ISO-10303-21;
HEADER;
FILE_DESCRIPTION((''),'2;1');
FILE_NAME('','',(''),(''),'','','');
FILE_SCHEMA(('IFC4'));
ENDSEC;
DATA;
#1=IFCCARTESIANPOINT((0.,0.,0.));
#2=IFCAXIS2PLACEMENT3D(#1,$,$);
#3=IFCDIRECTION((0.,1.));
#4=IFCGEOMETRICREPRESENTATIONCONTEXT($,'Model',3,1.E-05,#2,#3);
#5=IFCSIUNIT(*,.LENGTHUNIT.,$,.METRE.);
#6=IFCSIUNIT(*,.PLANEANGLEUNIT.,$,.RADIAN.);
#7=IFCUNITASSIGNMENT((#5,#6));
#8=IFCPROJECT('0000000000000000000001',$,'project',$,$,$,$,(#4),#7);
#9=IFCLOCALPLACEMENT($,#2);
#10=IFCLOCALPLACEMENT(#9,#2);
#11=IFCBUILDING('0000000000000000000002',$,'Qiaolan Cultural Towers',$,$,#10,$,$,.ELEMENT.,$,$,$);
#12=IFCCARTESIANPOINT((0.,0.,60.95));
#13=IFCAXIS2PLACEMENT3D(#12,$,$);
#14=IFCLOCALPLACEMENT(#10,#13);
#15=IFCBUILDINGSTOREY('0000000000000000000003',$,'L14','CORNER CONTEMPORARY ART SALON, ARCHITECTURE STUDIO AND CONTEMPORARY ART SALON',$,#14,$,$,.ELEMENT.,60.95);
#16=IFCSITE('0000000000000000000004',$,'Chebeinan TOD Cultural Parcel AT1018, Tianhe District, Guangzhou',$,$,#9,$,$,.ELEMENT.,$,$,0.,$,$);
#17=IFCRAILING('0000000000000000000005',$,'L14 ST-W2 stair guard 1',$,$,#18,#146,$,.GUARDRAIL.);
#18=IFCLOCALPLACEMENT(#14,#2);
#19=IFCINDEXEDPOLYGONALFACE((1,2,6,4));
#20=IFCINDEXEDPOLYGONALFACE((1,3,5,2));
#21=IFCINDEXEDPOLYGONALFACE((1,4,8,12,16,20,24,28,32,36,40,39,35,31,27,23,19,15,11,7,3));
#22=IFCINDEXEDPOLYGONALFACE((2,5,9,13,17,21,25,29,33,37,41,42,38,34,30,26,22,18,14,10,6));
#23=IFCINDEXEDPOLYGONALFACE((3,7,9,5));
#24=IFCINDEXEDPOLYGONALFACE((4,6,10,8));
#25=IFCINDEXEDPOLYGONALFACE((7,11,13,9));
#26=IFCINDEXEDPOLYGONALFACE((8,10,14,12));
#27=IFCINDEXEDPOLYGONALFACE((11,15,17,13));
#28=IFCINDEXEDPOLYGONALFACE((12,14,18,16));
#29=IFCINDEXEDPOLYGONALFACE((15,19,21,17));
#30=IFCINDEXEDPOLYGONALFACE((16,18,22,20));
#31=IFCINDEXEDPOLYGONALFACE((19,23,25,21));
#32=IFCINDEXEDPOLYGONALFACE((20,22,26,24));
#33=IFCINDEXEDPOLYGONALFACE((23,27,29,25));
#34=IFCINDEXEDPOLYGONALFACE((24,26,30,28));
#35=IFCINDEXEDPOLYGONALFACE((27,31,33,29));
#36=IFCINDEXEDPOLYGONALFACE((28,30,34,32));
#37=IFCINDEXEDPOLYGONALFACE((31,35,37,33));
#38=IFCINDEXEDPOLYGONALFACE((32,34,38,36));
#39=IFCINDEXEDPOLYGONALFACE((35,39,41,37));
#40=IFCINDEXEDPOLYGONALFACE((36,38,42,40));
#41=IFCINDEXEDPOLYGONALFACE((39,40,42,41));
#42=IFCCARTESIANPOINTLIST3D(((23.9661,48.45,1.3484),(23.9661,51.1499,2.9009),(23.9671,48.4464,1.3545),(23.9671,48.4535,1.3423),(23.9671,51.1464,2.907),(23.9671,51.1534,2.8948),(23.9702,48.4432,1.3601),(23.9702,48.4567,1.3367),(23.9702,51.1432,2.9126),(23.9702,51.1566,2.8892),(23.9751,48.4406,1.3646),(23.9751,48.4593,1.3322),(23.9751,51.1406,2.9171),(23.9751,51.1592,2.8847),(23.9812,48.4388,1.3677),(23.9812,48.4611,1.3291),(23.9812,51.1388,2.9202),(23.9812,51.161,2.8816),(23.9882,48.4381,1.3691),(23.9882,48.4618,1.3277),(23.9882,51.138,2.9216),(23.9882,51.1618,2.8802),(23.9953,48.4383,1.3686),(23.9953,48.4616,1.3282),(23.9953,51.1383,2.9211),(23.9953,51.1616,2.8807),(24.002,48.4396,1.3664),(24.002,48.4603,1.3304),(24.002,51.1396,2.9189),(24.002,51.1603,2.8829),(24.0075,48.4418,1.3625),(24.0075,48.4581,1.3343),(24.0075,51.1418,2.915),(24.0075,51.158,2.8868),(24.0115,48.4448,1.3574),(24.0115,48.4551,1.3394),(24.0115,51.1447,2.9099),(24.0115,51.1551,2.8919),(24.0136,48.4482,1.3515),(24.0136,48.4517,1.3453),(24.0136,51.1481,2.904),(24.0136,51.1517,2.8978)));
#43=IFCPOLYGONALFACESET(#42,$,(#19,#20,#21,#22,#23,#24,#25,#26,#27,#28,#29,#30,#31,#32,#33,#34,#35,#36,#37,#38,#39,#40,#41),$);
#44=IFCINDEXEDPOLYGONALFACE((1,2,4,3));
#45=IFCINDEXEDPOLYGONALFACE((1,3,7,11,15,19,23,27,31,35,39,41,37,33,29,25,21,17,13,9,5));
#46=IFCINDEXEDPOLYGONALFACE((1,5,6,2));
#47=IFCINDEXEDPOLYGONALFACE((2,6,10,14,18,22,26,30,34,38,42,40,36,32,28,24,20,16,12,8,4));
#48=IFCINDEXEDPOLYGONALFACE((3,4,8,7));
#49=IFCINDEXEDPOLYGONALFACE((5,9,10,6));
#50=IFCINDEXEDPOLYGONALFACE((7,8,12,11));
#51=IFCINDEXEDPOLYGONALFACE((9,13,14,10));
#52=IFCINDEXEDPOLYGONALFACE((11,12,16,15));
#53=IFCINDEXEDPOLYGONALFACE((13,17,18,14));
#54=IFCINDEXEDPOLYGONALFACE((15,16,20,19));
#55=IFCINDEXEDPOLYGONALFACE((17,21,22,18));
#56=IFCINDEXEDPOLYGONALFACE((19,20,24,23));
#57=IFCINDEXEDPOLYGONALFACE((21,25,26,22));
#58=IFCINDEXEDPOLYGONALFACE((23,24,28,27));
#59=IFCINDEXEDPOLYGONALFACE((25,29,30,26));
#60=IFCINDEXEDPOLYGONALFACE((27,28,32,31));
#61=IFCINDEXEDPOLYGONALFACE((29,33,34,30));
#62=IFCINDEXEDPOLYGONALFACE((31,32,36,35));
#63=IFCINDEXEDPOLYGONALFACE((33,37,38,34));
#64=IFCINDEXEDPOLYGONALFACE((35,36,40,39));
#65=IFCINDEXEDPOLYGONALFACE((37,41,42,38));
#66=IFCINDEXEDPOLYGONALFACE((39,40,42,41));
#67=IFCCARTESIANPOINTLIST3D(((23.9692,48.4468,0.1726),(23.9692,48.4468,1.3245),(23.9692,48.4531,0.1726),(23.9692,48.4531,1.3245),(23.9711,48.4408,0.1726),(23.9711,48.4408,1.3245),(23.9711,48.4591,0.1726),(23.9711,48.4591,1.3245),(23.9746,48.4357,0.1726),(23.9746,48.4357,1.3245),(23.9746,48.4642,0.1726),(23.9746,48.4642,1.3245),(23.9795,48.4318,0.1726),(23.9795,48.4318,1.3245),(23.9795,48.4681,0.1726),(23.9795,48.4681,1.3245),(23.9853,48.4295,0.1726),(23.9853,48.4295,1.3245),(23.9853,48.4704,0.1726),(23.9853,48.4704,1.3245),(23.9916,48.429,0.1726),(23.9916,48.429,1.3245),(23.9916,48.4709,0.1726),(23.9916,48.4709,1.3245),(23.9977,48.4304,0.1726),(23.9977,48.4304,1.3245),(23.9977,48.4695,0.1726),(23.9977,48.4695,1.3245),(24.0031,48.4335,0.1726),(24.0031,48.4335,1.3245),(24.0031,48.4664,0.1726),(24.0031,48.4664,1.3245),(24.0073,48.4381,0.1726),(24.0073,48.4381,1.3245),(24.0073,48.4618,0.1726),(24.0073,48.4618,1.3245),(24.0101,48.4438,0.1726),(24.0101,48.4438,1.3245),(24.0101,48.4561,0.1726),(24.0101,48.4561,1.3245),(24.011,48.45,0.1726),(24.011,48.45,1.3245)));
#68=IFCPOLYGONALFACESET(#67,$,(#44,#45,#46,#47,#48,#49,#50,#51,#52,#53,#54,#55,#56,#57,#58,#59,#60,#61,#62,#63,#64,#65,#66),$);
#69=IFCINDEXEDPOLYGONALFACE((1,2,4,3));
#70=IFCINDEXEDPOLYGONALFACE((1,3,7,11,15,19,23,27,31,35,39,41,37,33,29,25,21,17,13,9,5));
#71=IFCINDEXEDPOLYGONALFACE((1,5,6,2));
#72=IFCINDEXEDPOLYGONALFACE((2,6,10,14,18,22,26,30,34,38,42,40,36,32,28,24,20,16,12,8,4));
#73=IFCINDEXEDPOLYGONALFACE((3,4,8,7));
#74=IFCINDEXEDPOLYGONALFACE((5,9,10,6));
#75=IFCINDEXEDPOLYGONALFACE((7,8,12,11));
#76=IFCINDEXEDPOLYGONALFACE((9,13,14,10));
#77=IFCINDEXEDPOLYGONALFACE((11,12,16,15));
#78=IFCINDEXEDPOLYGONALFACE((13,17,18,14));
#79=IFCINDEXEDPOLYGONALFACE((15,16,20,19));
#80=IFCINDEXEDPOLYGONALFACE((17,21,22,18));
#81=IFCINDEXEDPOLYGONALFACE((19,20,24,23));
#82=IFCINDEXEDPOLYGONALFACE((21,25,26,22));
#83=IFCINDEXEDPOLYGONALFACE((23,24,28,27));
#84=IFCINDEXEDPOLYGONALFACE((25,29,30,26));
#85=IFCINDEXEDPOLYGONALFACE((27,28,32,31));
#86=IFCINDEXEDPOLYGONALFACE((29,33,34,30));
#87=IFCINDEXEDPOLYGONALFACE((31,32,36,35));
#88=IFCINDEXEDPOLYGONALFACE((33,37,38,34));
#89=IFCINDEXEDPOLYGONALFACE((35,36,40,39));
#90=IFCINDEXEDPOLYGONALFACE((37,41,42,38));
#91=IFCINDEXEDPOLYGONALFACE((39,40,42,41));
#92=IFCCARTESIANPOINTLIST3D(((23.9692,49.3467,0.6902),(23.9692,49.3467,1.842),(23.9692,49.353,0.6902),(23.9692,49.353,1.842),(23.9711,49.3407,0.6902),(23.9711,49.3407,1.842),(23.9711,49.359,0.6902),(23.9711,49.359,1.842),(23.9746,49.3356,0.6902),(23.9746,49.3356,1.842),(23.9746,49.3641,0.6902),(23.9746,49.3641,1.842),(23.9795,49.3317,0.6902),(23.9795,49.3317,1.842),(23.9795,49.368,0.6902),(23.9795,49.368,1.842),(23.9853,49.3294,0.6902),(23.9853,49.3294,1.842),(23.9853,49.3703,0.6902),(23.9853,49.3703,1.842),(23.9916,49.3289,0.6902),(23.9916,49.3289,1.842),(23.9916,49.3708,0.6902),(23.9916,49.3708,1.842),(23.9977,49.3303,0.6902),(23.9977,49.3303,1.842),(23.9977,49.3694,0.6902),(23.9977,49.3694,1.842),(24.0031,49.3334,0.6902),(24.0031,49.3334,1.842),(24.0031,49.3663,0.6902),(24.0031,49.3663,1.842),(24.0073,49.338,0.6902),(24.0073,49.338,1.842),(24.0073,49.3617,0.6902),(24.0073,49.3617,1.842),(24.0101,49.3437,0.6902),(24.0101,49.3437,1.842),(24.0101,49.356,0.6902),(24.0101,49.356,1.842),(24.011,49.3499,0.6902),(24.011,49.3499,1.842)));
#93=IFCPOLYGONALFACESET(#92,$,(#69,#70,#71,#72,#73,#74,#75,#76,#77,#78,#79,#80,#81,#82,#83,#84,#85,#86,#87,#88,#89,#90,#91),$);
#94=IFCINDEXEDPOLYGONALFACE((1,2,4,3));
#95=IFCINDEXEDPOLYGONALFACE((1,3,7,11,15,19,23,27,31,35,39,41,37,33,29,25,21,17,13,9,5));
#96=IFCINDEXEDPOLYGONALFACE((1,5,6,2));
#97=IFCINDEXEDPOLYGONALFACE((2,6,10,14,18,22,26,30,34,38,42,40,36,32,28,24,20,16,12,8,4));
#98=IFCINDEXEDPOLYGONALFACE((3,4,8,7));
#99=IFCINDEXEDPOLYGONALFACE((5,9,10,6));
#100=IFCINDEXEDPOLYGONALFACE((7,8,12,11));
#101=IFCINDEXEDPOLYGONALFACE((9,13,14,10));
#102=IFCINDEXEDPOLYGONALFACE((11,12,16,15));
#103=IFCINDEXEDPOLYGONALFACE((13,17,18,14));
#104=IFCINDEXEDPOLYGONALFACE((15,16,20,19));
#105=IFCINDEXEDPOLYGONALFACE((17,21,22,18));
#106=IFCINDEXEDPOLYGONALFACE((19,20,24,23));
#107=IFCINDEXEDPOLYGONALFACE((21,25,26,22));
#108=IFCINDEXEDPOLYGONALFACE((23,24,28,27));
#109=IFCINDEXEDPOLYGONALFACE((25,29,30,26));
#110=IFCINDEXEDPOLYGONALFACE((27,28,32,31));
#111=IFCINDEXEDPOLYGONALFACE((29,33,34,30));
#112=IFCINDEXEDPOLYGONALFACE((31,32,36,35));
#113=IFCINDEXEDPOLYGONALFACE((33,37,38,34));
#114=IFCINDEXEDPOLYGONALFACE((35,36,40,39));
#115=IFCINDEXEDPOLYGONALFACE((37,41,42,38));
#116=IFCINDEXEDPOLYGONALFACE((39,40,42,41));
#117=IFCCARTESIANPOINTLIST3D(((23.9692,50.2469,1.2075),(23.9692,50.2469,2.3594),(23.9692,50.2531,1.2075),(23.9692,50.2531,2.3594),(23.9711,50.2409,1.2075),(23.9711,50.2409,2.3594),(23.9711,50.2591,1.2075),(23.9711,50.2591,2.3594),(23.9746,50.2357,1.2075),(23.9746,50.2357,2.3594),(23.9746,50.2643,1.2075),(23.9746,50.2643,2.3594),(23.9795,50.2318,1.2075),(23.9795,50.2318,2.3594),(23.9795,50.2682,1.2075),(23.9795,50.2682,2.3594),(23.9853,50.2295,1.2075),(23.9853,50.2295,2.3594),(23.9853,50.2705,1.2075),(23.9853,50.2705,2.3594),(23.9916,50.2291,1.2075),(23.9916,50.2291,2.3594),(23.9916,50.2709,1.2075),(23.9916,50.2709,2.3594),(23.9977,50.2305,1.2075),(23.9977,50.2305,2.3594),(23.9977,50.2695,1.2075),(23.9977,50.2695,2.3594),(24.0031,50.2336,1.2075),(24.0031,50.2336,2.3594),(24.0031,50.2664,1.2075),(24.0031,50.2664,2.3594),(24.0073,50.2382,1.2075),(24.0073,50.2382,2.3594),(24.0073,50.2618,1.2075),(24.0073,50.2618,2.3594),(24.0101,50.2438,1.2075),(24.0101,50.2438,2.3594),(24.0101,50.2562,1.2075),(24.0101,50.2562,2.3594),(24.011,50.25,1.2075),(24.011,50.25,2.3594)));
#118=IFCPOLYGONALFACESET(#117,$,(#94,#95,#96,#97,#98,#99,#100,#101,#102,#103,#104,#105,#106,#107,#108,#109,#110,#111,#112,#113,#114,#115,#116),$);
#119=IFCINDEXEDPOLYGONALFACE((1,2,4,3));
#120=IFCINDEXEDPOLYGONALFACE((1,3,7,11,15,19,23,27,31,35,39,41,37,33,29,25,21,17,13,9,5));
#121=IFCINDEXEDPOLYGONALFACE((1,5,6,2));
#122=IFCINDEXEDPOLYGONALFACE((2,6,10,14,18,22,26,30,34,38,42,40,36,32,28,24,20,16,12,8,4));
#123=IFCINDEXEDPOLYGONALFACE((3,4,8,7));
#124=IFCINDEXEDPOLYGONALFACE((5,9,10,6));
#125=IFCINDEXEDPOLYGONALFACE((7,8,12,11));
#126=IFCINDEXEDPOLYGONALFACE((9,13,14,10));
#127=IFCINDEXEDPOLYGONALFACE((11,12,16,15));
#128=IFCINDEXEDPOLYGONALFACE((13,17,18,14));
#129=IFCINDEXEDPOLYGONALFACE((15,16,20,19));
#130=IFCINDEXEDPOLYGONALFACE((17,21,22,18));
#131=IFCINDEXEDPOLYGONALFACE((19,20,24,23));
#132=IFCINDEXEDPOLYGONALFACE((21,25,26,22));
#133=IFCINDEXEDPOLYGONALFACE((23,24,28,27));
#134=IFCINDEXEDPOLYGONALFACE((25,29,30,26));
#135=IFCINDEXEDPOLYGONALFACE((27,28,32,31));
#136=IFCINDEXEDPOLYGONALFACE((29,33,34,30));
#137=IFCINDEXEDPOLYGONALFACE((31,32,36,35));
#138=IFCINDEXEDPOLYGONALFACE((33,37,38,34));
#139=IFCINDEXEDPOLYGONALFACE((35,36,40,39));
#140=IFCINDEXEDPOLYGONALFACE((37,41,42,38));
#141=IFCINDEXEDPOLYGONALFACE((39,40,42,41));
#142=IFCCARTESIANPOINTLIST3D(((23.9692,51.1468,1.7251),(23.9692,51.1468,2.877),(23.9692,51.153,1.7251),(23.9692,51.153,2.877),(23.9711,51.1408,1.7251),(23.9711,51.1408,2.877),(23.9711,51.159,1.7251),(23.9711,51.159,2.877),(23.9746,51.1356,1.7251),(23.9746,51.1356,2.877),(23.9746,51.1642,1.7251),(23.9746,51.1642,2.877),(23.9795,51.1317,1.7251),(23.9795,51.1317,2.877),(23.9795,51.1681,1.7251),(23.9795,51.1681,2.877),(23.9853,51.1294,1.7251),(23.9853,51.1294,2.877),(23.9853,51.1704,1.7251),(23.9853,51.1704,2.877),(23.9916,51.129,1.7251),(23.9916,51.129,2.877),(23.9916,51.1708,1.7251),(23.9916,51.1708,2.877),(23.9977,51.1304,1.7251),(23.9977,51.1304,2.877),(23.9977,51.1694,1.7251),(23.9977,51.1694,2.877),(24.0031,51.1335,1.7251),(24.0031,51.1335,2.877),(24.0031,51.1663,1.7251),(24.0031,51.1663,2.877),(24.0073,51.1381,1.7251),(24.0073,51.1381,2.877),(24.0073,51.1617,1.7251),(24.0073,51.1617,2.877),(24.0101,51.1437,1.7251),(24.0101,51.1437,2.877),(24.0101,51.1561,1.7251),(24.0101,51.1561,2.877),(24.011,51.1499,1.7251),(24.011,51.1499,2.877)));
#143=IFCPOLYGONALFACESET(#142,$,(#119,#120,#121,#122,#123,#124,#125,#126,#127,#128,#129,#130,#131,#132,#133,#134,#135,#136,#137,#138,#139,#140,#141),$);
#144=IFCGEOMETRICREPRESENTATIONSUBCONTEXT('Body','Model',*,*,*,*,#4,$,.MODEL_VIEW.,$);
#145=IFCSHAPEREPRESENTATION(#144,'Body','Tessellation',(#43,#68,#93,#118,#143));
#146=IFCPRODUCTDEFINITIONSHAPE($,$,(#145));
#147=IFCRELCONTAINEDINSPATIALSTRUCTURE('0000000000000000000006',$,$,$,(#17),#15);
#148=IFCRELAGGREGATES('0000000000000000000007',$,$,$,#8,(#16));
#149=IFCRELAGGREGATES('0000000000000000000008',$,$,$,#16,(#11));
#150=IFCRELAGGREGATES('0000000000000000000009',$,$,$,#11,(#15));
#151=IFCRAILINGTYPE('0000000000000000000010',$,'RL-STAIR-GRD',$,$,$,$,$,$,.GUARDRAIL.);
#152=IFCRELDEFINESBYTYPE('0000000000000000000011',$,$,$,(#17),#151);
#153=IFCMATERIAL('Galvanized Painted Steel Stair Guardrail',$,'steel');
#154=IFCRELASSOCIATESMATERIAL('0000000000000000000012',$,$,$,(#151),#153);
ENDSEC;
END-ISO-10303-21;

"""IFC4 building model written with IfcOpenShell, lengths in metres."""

from ifc_helpers import new_model, si_unit, direction, frame, origin, origin_2d, place, context, subcontext, project, spatial, circle, extrude, material, type_object, element, save


model = new_model("IFC4")

# Units and contexts
model_context = context("Model", 3, precision=1e-05, world=origin(), true_north=direction((0.0, 1.0)))
body_context = subcontext(model_context, "Body", "Model", "MODEL_VIEW")
ifc_project = project(units=[si_unit("LENGTHUNIT", "METRE"), si_unit("PLANEANGLEUNIT", "RADIAN")], contexts=[model_context])

# Site, building, storey
site_placement = place(None, origin())
site = spatial("IfcSite", under=ifc_project, at=site_placement, Name="Chebeinan TOD Cultural Parcel AT1018, Tianhe District, Guangzhou", CompositionType="ELEMENT", RefElevation=0.0)
building_placement = place(site_placement, origin())
building = spatial("IfcBuilding", under=site, at=building_placement, Name="Qiaolan Cultural Towers", CompositionType="ELEMENT")
storey_placement = place(building_placement, frame((0.0, 0.0, 60.95)))
storey = spatial("IfcBuildingStorey", under=building, at=storey_placement, Name="L14", Description="CORNER CONTEMPORARY ART SALON, ARCHITECTURE STUDIO AND CONTEMPORARY ART SALON", CompositionType="ELEMENT", Elevation=60.95)

# Railing
ifc_material_1 = material(Name="Galvanized Painted Steel Stair Guardrail", Category="steel")
railing_type_1 = type_object("IfcRailingType", Name="RL-STAIR-GRD", PredefinedType="GUARDRAIL", material=ifc_material_1)
railing_1_placement = place(storey_placement, frame((23.99, 48.45, 0.1726)))
element("IfcRailing", 1, at=railing_1_placement, inside=storey, type_object=railing_type_1, Name="L14 ST-W2 stair guard 1", PredefinedType="GUARDRAIL", context=body_context, shape_type="SweptSolid", body=[
    extrude(circle(Radius=0.0239, at=origin_2d()), frame((0.0, 0.0, 1.1758), z_axis=(0.0, 0.866904, 0.498476), x_axis=(-1.0, 0.0, 0.0)), (0.0, 0.0, 1.0), 3.1145),
    extrude(circle(Radius=0.021, at=origin_2d()), origin(), (0.0, 0.0, 1.0), 1.1519),
    extrude(circle(Radius=0.021, at=origin_2d()), frame((0.0, 0.8999, 0.5176)), (0.0, 0.0, 1.0), 1.1519),
    extrude(circle(Radius=0.021, at=origin_2d()), frame((0.0, 1.8, 1.0349)), (0.0, 0.0, 1.0), 1.1519),
    extrude(circle(Radius=0.021, at=origin_2d()), frame((0.0, 2.7, 1.5525)), (0.0, 0.0, 1.0), 1.1519),
])

save(model, "model.ifc")
